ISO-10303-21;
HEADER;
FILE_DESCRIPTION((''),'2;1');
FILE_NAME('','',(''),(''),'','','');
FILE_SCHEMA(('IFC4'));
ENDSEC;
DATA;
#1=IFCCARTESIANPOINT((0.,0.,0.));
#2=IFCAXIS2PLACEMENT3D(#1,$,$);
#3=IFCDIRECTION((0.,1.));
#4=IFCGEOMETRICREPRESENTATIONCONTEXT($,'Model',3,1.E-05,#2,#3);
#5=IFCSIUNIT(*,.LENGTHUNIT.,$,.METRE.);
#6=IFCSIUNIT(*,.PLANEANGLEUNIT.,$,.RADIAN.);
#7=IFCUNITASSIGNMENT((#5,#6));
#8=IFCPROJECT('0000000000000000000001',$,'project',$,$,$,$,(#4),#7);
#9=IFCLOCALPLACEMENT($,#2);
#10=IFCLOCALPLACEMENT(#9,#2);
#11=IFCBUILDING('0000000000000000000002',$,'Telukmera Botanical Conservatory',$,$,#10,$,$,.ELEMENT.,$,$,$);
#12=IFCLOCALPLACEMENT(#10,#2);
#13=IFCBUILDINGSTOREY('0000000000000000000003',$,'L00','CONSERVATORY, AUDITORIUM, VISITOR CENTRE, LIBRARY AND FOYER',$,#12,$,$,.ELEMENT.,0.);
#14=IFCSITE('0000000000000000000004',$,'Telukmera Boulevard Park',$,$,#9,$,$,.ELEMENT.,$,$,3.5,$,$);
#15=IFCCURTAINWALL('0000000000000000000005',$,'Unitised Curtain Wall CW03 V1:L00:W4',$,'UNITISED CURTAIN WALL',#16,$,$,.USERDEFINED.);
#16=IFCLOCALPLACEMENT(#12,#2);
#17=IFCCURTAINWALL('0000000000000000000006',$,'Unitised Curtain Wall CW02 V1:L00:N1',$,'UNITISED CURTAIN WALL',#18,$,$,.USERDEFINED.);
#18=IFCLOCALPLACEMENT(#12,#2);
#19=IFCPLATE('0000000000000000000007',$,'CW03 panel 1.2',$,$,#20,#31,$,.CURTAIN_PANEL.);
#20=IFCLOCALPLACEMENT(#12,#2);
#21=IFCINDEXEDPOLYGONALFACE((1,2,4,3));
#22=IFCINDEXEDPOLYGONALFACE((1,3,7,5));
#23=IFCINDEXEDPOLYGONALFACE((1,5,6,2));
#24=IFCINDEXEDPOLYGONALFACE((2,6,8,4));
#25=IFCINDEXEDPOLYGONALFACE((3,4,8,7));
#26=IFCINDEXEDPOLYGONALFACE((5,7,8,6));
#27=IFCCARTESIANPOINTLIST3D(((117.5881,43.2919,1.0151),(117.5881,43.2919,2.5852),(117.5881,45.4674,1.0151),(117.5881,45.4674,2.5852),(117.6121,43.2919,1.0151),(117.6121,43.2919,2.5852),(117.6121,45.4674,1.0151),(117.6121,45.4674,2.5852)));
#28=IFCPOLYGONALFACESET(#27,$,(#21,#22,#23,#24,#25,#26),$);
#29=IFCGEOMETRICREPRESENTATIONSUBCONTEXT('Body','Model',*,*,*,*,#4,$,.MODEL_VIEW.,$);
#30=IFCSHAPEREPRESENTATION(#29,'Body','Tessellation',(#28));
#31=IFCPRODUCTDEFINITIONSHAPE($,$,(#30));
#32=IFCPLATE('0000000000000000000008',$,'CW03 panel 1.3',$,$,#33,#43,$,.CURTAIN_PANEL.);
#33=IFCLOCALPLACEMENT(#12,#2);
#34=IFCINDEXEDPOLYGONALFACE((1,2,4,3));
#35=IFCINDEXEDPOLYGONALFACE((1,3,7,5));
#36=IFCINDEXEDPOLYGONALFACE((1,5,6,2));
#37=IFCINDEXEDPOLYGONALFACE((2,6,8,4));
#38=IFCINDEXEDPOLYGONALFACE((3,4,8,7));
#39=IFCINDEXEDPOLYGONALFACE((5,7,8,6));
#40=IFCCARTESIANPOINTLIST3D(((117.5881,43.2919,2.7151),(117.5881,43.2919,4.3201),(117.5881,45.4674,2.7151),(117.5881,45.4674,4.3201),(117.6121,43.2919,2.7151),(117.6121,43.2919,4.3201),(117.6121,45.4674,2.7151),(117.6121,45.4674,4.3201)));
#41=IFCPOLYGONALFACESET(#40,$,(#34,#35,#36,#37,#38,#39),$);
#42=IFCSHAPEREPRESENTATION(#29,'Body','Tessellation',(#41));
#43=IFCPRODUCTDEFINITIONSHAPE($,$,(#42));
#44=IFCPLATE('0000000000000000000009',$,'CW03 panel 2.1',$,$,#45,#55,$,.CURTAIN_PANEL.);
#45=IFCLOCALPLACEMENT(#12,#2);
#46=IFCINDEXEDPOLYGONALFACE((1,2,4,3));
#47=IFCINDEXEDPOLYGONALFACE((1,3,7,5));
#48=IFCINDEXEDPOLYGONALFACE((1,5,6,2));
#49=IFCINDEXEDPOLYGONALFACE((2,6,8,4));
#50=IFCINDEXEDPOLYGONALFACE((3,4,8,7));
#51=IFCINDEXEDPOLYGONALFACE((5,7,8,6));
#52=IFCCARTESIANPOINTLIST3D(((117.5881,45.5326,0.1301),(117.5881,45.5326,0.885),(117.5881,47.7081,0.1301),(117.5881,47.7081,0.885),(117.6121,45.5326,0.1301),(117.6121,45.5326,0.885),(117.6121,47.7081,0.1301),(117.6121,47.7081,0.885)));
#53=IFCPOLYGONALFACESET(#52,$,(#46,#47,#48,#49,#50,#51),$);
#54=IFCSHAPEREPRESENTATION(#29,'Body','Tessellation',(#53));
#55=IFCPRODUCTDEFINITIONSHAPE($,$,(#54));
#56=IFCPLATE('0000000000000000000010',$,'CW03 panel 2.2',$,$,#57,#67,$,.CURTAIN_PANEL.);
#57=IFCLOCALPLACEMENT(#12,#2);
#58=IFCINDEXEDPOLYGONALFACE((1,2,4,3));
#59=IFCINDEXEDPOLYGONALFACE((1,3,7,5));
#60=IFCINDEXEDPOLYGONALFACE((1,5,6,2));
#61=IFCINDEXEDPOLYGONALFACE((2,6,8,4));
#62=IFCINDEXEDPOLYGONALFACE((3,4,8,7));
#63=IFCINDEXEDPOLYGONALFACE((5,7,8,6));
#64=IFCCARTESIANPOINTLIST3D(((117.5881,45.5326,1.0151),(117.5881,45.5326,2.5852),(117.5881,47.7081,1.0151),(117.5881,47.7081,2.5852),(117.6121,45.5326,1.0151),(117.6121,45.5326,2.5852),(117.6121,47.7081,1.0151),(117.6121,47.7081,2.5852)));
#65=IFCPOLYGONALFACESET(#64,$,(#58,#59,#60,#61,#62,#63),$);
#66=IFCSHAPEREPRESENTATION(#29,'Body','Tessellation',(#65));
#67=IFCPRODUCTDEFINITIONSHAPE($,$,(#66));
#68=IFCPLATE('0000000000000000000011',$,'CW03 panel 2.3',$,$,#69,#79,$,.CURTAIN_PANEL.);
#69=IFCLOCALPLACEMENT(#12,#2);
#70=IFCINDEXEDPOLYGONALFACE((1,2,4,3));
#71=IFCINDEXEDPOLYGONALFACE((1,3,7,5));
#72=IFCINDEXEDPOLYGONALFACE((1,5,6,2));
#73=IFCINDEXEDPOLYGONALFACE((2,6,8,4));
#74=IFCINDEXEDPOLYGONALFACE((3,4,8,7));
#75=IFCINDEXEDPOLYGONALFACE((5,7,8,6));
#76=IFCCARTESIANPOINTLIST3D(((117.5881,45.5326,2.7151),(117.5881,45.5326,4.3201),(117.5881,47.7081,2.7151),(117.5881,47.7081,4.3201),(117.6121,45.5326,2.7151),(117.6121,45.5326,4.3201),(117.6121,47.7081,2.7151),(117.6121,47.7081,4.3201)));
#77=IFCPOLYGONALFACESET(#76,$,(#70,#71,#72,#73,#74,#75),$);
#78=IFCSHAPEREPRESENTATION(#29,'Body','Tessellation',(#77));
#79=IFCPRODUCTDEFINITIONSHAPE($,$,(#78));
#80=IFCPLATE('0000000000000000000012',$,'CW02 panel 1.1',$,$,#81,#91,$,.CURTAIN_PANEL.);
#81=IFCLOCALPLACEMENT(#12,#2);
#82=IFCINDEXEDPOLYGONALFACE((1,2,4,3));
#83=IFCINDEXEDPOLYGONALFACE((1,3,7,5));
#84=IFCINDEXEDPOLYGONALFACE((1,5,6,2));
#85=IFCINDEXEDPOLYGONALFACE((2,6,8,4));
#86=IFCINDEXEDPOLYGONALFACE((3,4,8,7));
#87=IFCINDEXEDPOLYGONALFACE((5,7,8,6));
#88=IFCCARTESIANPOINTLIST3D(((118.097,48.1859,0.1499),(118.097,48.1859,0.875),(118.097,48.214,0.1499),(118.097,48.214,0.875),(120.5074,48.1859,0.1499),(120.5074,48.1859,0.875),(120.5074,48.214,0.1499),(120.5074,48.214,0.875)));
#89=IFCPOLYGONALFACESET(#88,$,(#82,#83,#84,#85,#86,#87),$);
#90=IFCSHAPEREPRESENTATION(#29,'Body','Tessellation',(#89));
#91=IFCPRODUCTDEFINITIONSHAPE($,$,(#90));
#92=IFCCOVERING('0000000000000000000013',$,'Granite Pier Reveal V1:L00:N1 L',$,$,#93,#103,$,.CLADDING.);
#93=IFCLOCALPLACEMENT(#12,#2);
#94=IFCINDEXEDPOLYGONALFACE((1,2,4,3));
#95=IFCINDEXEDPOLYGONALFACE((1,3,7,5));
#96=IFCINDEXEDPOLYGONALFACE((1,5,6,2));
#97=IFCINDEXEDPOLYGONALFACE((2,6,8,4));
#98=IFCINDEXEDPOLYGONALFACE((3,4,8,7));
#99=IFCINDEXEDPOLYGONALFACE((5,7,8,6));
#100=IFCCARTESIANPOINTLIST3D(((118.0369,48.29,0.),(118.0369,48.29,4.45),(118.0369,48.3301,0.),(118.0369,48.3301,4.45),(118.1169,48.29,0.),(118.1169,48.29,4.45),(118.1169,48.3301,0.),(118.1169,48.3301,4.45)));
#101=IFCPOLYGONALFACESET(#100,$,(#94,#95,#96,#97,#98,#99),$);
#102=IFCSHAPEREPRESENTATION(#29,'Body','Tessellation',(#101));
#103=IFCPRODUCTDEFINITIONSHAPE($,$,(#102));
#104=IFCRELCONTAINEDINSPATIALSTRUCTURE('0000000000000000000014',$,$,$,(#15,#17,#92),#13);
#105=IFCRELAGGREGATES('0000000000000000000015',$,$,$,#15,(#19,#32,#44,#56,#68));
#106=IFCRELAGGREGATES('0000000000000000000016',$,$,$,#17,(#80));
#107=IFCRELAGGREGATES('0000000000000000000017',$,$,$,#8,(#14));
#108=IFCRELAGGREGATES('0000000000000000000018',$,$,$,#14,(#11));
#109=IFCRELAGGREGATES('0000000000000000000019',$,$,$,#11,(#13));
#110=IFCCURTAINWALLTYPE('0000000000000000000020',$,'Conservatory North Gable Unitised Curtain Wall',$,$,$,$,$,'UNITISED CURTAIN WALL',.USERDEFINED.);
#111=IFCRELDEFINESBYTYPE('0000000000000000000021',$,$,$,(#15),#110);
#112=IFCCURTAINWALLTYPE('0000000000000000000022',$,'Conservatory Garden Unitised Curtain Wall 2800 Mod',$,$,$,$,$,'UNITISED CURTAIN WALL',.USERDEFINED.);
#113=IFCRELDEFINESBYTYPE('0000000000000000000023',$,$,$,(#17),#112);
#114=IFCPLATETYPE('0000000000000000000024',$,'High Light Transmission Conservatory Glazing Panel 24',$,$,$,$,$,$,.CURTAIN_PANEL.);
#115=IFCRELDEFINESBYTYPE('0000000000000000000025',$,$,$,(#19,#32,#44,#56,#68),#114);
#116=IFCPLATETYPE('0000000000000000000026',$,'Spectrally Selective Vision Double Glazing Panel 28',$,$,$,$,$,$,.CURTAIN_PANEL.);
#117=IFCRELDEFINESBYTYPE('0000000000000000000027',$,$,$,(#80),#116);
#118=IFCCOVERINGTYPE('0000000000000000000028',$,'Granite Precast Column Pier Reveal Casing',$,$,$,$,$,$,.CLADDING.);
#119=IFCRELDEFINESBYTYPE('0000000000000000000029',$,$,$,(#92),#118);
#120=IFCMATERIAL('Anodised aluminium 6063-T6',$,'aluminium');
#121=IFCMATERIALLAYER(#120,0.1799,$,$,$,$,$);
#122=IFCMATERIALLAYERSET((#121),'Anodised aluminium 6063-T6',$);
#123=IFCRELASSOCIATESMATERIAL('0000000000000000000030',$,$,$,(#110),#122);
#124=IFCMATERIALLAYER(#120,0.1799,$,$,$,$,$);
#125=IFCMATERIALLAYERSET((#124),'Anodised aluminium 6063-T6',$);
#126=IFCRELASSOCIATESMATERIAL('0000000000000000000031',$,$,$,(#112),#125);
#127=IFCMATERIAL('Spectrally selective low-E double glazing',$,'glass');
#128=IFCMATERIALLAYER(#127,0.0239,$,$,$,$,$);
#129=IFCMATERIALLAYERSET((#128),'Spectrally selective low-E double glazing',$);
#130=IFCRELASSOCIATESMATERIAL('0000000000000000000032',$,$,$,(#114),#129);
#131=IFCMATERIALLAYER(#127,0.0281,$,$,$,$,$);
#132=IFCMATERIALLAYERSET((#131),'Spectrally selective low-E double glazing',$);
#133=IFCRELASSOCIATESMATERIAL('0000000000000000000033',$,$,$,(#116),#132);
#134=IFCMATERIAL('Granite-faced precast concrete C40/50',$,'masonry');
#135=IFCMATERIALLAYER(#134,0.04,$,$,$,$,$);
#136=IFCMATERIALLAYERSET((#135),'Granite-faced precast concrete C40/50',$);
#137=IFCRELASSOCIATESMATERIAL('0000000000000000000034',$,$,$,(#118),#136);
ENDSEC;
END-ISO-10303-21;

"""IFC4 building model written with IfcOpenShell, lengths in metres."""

from ifc_helpers import new_model, si_unit, direction, frame, origin, origin_2d, place, context, subcontext, project, spatial, rectangle, extrude, material, layer, layer_set, type_object, element, aggregate, save


model = new_model("IFC4")

# Units and contexts
model_context = context("Model", 3, precision=1e-05, world=origin(), true_north=direction((0.0, 1.0)))
body_context = subcontext(model_context, "Body", "Model", "MODEL_VIEW")
ifc_project = project(units=[si_unit("LENGTHUNIT", "METRE"), si_unit("PLANEANGLEUNIT", "RADIAN")], contexts=[model_context])

# Site, building, storey
site_placement = place(None, origin())
site = spatial("IfcSite", under=ifc_project, at=site_placement, Name="Telukmera Boulevard Park", CompositionType="ELEMENT", RefElevation=3.5)
building_placement = place(site_placement, origin())
building = spatial("IfcBuilding", under=site, at=building_placement, Name="Telukmera Botanical Conservatory", CompositionType="ELEMENT")
storey_placement = place(building_placement, origin())
storey = spatial("IfcBuildingStorey", under=building, at=storey_placement, Name="L00", Description="CONSERVATORY, AUDITORIUM, VISITOR CENTRE, LIBRARY AND FOYER", CompositionType="ELEMENT", Elevation=0.0)

# Curtain wall
ifc_material_1 = material(Name="Anodised aluminium 6063-T6", Category="aluminium")
ifc_layer_1 = layer(ifc_material_1, 0.1799)
ifc_layer_set_1 = layer_set([ifc_layer_1], Name="Anodised aluminium 6063-T6")
curtain_wall_type_1 = type_object("IfcCurtainWallType", Name="Conservatory North Gable Unitised Curtain Wall", ElementType="UNITISED CURTAIN WALL", PredefinedType="USERDEFINED", material=ifc_layer_set_1)
curtain_wall_1_placement = place(storey_placement, origin())
curtain_wall_1 = element("IfcCurtainWall", 1, at=curtain_wall_1_placement, inside=storey, type_object=curtain_wall_type_1, Name="Unitised Curtain Wall CW03 V1:L00:W4", ObjectType="UNITISED CURTAIN WALL", PredefinedType="USERDEFINED")

# Curtain wall
ifc_layer_2 = layer(ifc_material_1, 0.1799)
ifc_layer_set_2 = layer_set([ifc_layer_2], Name="Anodised aluminium 6063-T6")
curtain_wall_type_2 = type_object("IfcCurtainWallType", Name="Conservatory Garden Unitised Curtain Wall 2800 Mod", ElementType="UNITISED CURTAIN WALL", PredefinedType="USERDEFINED", material=ifc_layer_set_2)
curtain_wall_2_placement = place(storey_placement, origin())
curtain_wall_2 = element("IfcCurtainWall", 2, at=curtain_wall_2_placement, inside=storey, type_object=curtain_wall_type_2, Name="Unitised Curtain Wall CW02 V1:L00:N1", ObjectType="UNITISED CURTAIN WALL", PredefinedType="USERDEFINED")

# Plates
ifc_material_2 = material(Name="Spectrally selective low-E double glazing", Category="glass")
ifc_layer_3 = layer(ifc_material_2, 0.0239)
ifc_layer_set_3 = layer_set([ifc_layer_3], Name="Spectrally selective low-E double glazing")
plate_type_1 = type_object("IfcPlateType", Name="High Light Transmission Conservatory Glazing Panel 24", PredefinedType="CURTAIN_PANEL", material=ifc_layer_set_3)
plate_1_placement = place(storey_placement, frame((117.6001, 44.3796, 1.0151), z_axis=(0.0, 0.0, 1.0), x_axis=(0.0, 1.0, 0.0)))
plate_1 = element("IfcPlate", 3, at=plate_1_placement, type_object=plate_type_1, Name="CW03 panel 1.2", PredefinedType="CURTAIN_PANEL", context=body_context, shape_type="SweptSolid", body=[
    extrude(rectangle(XDim=2.1755, YDim=0.0239, at=origin_2d()), origin(), (0.0, 0.0, 1.0), 1.5701),
])
plate_2_placement = place(storey_placement, frame((117.6001, 44.3796, 2.7151), z_axis=(0.0, 0.0, 1.0), x_axis=(0.0, 1.0, 0.0)))
plate_2 = element("IfcPlate", 4, at=plate_2_placement, type_object=plate_type_1, Name="CW03 panel 1.3", PredefinedType="CURTAIN_PANEL", context=body_context, shape_type="SweptSolid", body=[
    extrude(rectangle(XDim=2.1755, YDim=0.0239, at=origin_2d()), origin(), (0.0, 0.0, 1.0), 1.605),
])
plate_3_placement = place(storey_placement, frame((117.6001, 46.6204, 0.1301), z_axis=(0.0, 0.0, 1.0), x_axis=(0.0, 1.0, 0.0)))
plate_3 = element("IfcPlate", 5, at=plate_3_placement, type_object=plate_type_1, Name="CW03 panel 2.1", PredefinedType="CURTAIN_PANEL", context=body_context, shape_type="SweptSolid", body=[
    extrude(rectangle(XDim=2.1755, YDim=0.0239, at=origin_2d()), origin(), (0.0, 0.0, 1.0), 0.7549),
])
plate_4_placement = place(storey_placement, frame((117.6001, 46.6204, 1.0151), z_axis=(0.0, 0.0, 1.0), x_axis=(0.0, 1.0, 0.0)))
plate_4 = element("IfcPlate", 6, at=plate_4_placement, type_object=plate_type_1, Name="CW03 panel 2.2", PredefinedType="CURTAIN_PANEL", context=body_context, shape_type="SweptSolid", body=[
    extrude(rectangle(XDim=2.1755, YDim=0.0239, at=origin_2d()), origin(), (0.0, 0.0, 1.0), 1.5701),
])
plate_5_placement = place(storey_placement, frame((117.6001, 46.6204, 2.7151), z_axis=(0.0, 0.0, 1.0), x_axis=(0.0, 1.0, 0.0)))
plate_5 = element("IfcPlate", 7, at=plate_5_placement, type_object=plate_type_1, Name="CW03 panel 2.3", PredefinedType="CURTAIN_PANEL", context=body_context, shape_type="SweptSolid", body=[
    extrude(rectangle(XDim=2.1755, YDim=0.0239, at=origin_2d()), origin(), (0.0, 0.0, 1.0), 1.605),
])
aggregate(curtain_wall_1, [plate_1, plate_2, plate_3, plate_4, plate_5])
ifc_layer_4 = layer(ifc_material_2, 0.0281)
ifc_layer_set_4 = layer_set([ifc_layer_4], Name="Spectrally selective low-E double glazing")
plate_type_2 = type_object("IfcPlateType", Name="Spectrally Selective Vision Double Glazing Panel 28", PredefinedType="CURTAIN_PANEL", material=ifc_layer_set_4)
plate_6_placement = place(storey_placement, frame((119.3022, 48.2, 0.1499), z_axis=(0.0, 0.0, 1.0), x_axis=(1.0, 0.0, 0.0)))
plate_6 = element("IfcPlate", 8, at=plate_6_placement, type_object=plate_type_2, Name="CW02 panel 1.1", PredefinedType="CURTAIN_PANEL", context=body_context, shape_type="SweptSolid", body=[
    extrude(rectangle(XDim=2.4104, YDim=0.0281, at=origin_2d()), origin(), (0.0, 0.0, 1.0), 0.7251),
])
aggregate(curtain_wall_2, [plate_6])

# Covering
ifc_material_3 = material(Name="Granite-faced precast concrete C40/50", Category="masonry")
ifc_layer_5 = layer(ifc_material_3, 0.04)
ifc_layer_set_5 = layer_set([ifc_layer_5], Name="Granite-faced precast concrete C40/50")
covering_type = type_object("IfcCoveringType", Name="Granite Precast Column Pier Reveal Casing", PredefinedType="CLADDING", material=ifc_layer_set_5)
covering_placement = place(storey_placement, frame((118.0769, 48.3101, 0.0), z_axis=(0.0, 0.0, 1.0), x_axis=(1.0, 0.0, 0.0)))
element("IfcCovering", 9, at=covering_placement, inside=storey, type_object=covering_type, Name="Granite Pier Reveal V1:L00:N1 L", PredefinedType="CLADDING", context=body_context, shape_type="SweptSolid", body=[
    extrude(rectangle(XDim=0.0801, YDim=0.04, at=origin_2d()), origin(), (0.0, 0.0, 1.0), 4.45),
])

save(model, "model.ifc")
